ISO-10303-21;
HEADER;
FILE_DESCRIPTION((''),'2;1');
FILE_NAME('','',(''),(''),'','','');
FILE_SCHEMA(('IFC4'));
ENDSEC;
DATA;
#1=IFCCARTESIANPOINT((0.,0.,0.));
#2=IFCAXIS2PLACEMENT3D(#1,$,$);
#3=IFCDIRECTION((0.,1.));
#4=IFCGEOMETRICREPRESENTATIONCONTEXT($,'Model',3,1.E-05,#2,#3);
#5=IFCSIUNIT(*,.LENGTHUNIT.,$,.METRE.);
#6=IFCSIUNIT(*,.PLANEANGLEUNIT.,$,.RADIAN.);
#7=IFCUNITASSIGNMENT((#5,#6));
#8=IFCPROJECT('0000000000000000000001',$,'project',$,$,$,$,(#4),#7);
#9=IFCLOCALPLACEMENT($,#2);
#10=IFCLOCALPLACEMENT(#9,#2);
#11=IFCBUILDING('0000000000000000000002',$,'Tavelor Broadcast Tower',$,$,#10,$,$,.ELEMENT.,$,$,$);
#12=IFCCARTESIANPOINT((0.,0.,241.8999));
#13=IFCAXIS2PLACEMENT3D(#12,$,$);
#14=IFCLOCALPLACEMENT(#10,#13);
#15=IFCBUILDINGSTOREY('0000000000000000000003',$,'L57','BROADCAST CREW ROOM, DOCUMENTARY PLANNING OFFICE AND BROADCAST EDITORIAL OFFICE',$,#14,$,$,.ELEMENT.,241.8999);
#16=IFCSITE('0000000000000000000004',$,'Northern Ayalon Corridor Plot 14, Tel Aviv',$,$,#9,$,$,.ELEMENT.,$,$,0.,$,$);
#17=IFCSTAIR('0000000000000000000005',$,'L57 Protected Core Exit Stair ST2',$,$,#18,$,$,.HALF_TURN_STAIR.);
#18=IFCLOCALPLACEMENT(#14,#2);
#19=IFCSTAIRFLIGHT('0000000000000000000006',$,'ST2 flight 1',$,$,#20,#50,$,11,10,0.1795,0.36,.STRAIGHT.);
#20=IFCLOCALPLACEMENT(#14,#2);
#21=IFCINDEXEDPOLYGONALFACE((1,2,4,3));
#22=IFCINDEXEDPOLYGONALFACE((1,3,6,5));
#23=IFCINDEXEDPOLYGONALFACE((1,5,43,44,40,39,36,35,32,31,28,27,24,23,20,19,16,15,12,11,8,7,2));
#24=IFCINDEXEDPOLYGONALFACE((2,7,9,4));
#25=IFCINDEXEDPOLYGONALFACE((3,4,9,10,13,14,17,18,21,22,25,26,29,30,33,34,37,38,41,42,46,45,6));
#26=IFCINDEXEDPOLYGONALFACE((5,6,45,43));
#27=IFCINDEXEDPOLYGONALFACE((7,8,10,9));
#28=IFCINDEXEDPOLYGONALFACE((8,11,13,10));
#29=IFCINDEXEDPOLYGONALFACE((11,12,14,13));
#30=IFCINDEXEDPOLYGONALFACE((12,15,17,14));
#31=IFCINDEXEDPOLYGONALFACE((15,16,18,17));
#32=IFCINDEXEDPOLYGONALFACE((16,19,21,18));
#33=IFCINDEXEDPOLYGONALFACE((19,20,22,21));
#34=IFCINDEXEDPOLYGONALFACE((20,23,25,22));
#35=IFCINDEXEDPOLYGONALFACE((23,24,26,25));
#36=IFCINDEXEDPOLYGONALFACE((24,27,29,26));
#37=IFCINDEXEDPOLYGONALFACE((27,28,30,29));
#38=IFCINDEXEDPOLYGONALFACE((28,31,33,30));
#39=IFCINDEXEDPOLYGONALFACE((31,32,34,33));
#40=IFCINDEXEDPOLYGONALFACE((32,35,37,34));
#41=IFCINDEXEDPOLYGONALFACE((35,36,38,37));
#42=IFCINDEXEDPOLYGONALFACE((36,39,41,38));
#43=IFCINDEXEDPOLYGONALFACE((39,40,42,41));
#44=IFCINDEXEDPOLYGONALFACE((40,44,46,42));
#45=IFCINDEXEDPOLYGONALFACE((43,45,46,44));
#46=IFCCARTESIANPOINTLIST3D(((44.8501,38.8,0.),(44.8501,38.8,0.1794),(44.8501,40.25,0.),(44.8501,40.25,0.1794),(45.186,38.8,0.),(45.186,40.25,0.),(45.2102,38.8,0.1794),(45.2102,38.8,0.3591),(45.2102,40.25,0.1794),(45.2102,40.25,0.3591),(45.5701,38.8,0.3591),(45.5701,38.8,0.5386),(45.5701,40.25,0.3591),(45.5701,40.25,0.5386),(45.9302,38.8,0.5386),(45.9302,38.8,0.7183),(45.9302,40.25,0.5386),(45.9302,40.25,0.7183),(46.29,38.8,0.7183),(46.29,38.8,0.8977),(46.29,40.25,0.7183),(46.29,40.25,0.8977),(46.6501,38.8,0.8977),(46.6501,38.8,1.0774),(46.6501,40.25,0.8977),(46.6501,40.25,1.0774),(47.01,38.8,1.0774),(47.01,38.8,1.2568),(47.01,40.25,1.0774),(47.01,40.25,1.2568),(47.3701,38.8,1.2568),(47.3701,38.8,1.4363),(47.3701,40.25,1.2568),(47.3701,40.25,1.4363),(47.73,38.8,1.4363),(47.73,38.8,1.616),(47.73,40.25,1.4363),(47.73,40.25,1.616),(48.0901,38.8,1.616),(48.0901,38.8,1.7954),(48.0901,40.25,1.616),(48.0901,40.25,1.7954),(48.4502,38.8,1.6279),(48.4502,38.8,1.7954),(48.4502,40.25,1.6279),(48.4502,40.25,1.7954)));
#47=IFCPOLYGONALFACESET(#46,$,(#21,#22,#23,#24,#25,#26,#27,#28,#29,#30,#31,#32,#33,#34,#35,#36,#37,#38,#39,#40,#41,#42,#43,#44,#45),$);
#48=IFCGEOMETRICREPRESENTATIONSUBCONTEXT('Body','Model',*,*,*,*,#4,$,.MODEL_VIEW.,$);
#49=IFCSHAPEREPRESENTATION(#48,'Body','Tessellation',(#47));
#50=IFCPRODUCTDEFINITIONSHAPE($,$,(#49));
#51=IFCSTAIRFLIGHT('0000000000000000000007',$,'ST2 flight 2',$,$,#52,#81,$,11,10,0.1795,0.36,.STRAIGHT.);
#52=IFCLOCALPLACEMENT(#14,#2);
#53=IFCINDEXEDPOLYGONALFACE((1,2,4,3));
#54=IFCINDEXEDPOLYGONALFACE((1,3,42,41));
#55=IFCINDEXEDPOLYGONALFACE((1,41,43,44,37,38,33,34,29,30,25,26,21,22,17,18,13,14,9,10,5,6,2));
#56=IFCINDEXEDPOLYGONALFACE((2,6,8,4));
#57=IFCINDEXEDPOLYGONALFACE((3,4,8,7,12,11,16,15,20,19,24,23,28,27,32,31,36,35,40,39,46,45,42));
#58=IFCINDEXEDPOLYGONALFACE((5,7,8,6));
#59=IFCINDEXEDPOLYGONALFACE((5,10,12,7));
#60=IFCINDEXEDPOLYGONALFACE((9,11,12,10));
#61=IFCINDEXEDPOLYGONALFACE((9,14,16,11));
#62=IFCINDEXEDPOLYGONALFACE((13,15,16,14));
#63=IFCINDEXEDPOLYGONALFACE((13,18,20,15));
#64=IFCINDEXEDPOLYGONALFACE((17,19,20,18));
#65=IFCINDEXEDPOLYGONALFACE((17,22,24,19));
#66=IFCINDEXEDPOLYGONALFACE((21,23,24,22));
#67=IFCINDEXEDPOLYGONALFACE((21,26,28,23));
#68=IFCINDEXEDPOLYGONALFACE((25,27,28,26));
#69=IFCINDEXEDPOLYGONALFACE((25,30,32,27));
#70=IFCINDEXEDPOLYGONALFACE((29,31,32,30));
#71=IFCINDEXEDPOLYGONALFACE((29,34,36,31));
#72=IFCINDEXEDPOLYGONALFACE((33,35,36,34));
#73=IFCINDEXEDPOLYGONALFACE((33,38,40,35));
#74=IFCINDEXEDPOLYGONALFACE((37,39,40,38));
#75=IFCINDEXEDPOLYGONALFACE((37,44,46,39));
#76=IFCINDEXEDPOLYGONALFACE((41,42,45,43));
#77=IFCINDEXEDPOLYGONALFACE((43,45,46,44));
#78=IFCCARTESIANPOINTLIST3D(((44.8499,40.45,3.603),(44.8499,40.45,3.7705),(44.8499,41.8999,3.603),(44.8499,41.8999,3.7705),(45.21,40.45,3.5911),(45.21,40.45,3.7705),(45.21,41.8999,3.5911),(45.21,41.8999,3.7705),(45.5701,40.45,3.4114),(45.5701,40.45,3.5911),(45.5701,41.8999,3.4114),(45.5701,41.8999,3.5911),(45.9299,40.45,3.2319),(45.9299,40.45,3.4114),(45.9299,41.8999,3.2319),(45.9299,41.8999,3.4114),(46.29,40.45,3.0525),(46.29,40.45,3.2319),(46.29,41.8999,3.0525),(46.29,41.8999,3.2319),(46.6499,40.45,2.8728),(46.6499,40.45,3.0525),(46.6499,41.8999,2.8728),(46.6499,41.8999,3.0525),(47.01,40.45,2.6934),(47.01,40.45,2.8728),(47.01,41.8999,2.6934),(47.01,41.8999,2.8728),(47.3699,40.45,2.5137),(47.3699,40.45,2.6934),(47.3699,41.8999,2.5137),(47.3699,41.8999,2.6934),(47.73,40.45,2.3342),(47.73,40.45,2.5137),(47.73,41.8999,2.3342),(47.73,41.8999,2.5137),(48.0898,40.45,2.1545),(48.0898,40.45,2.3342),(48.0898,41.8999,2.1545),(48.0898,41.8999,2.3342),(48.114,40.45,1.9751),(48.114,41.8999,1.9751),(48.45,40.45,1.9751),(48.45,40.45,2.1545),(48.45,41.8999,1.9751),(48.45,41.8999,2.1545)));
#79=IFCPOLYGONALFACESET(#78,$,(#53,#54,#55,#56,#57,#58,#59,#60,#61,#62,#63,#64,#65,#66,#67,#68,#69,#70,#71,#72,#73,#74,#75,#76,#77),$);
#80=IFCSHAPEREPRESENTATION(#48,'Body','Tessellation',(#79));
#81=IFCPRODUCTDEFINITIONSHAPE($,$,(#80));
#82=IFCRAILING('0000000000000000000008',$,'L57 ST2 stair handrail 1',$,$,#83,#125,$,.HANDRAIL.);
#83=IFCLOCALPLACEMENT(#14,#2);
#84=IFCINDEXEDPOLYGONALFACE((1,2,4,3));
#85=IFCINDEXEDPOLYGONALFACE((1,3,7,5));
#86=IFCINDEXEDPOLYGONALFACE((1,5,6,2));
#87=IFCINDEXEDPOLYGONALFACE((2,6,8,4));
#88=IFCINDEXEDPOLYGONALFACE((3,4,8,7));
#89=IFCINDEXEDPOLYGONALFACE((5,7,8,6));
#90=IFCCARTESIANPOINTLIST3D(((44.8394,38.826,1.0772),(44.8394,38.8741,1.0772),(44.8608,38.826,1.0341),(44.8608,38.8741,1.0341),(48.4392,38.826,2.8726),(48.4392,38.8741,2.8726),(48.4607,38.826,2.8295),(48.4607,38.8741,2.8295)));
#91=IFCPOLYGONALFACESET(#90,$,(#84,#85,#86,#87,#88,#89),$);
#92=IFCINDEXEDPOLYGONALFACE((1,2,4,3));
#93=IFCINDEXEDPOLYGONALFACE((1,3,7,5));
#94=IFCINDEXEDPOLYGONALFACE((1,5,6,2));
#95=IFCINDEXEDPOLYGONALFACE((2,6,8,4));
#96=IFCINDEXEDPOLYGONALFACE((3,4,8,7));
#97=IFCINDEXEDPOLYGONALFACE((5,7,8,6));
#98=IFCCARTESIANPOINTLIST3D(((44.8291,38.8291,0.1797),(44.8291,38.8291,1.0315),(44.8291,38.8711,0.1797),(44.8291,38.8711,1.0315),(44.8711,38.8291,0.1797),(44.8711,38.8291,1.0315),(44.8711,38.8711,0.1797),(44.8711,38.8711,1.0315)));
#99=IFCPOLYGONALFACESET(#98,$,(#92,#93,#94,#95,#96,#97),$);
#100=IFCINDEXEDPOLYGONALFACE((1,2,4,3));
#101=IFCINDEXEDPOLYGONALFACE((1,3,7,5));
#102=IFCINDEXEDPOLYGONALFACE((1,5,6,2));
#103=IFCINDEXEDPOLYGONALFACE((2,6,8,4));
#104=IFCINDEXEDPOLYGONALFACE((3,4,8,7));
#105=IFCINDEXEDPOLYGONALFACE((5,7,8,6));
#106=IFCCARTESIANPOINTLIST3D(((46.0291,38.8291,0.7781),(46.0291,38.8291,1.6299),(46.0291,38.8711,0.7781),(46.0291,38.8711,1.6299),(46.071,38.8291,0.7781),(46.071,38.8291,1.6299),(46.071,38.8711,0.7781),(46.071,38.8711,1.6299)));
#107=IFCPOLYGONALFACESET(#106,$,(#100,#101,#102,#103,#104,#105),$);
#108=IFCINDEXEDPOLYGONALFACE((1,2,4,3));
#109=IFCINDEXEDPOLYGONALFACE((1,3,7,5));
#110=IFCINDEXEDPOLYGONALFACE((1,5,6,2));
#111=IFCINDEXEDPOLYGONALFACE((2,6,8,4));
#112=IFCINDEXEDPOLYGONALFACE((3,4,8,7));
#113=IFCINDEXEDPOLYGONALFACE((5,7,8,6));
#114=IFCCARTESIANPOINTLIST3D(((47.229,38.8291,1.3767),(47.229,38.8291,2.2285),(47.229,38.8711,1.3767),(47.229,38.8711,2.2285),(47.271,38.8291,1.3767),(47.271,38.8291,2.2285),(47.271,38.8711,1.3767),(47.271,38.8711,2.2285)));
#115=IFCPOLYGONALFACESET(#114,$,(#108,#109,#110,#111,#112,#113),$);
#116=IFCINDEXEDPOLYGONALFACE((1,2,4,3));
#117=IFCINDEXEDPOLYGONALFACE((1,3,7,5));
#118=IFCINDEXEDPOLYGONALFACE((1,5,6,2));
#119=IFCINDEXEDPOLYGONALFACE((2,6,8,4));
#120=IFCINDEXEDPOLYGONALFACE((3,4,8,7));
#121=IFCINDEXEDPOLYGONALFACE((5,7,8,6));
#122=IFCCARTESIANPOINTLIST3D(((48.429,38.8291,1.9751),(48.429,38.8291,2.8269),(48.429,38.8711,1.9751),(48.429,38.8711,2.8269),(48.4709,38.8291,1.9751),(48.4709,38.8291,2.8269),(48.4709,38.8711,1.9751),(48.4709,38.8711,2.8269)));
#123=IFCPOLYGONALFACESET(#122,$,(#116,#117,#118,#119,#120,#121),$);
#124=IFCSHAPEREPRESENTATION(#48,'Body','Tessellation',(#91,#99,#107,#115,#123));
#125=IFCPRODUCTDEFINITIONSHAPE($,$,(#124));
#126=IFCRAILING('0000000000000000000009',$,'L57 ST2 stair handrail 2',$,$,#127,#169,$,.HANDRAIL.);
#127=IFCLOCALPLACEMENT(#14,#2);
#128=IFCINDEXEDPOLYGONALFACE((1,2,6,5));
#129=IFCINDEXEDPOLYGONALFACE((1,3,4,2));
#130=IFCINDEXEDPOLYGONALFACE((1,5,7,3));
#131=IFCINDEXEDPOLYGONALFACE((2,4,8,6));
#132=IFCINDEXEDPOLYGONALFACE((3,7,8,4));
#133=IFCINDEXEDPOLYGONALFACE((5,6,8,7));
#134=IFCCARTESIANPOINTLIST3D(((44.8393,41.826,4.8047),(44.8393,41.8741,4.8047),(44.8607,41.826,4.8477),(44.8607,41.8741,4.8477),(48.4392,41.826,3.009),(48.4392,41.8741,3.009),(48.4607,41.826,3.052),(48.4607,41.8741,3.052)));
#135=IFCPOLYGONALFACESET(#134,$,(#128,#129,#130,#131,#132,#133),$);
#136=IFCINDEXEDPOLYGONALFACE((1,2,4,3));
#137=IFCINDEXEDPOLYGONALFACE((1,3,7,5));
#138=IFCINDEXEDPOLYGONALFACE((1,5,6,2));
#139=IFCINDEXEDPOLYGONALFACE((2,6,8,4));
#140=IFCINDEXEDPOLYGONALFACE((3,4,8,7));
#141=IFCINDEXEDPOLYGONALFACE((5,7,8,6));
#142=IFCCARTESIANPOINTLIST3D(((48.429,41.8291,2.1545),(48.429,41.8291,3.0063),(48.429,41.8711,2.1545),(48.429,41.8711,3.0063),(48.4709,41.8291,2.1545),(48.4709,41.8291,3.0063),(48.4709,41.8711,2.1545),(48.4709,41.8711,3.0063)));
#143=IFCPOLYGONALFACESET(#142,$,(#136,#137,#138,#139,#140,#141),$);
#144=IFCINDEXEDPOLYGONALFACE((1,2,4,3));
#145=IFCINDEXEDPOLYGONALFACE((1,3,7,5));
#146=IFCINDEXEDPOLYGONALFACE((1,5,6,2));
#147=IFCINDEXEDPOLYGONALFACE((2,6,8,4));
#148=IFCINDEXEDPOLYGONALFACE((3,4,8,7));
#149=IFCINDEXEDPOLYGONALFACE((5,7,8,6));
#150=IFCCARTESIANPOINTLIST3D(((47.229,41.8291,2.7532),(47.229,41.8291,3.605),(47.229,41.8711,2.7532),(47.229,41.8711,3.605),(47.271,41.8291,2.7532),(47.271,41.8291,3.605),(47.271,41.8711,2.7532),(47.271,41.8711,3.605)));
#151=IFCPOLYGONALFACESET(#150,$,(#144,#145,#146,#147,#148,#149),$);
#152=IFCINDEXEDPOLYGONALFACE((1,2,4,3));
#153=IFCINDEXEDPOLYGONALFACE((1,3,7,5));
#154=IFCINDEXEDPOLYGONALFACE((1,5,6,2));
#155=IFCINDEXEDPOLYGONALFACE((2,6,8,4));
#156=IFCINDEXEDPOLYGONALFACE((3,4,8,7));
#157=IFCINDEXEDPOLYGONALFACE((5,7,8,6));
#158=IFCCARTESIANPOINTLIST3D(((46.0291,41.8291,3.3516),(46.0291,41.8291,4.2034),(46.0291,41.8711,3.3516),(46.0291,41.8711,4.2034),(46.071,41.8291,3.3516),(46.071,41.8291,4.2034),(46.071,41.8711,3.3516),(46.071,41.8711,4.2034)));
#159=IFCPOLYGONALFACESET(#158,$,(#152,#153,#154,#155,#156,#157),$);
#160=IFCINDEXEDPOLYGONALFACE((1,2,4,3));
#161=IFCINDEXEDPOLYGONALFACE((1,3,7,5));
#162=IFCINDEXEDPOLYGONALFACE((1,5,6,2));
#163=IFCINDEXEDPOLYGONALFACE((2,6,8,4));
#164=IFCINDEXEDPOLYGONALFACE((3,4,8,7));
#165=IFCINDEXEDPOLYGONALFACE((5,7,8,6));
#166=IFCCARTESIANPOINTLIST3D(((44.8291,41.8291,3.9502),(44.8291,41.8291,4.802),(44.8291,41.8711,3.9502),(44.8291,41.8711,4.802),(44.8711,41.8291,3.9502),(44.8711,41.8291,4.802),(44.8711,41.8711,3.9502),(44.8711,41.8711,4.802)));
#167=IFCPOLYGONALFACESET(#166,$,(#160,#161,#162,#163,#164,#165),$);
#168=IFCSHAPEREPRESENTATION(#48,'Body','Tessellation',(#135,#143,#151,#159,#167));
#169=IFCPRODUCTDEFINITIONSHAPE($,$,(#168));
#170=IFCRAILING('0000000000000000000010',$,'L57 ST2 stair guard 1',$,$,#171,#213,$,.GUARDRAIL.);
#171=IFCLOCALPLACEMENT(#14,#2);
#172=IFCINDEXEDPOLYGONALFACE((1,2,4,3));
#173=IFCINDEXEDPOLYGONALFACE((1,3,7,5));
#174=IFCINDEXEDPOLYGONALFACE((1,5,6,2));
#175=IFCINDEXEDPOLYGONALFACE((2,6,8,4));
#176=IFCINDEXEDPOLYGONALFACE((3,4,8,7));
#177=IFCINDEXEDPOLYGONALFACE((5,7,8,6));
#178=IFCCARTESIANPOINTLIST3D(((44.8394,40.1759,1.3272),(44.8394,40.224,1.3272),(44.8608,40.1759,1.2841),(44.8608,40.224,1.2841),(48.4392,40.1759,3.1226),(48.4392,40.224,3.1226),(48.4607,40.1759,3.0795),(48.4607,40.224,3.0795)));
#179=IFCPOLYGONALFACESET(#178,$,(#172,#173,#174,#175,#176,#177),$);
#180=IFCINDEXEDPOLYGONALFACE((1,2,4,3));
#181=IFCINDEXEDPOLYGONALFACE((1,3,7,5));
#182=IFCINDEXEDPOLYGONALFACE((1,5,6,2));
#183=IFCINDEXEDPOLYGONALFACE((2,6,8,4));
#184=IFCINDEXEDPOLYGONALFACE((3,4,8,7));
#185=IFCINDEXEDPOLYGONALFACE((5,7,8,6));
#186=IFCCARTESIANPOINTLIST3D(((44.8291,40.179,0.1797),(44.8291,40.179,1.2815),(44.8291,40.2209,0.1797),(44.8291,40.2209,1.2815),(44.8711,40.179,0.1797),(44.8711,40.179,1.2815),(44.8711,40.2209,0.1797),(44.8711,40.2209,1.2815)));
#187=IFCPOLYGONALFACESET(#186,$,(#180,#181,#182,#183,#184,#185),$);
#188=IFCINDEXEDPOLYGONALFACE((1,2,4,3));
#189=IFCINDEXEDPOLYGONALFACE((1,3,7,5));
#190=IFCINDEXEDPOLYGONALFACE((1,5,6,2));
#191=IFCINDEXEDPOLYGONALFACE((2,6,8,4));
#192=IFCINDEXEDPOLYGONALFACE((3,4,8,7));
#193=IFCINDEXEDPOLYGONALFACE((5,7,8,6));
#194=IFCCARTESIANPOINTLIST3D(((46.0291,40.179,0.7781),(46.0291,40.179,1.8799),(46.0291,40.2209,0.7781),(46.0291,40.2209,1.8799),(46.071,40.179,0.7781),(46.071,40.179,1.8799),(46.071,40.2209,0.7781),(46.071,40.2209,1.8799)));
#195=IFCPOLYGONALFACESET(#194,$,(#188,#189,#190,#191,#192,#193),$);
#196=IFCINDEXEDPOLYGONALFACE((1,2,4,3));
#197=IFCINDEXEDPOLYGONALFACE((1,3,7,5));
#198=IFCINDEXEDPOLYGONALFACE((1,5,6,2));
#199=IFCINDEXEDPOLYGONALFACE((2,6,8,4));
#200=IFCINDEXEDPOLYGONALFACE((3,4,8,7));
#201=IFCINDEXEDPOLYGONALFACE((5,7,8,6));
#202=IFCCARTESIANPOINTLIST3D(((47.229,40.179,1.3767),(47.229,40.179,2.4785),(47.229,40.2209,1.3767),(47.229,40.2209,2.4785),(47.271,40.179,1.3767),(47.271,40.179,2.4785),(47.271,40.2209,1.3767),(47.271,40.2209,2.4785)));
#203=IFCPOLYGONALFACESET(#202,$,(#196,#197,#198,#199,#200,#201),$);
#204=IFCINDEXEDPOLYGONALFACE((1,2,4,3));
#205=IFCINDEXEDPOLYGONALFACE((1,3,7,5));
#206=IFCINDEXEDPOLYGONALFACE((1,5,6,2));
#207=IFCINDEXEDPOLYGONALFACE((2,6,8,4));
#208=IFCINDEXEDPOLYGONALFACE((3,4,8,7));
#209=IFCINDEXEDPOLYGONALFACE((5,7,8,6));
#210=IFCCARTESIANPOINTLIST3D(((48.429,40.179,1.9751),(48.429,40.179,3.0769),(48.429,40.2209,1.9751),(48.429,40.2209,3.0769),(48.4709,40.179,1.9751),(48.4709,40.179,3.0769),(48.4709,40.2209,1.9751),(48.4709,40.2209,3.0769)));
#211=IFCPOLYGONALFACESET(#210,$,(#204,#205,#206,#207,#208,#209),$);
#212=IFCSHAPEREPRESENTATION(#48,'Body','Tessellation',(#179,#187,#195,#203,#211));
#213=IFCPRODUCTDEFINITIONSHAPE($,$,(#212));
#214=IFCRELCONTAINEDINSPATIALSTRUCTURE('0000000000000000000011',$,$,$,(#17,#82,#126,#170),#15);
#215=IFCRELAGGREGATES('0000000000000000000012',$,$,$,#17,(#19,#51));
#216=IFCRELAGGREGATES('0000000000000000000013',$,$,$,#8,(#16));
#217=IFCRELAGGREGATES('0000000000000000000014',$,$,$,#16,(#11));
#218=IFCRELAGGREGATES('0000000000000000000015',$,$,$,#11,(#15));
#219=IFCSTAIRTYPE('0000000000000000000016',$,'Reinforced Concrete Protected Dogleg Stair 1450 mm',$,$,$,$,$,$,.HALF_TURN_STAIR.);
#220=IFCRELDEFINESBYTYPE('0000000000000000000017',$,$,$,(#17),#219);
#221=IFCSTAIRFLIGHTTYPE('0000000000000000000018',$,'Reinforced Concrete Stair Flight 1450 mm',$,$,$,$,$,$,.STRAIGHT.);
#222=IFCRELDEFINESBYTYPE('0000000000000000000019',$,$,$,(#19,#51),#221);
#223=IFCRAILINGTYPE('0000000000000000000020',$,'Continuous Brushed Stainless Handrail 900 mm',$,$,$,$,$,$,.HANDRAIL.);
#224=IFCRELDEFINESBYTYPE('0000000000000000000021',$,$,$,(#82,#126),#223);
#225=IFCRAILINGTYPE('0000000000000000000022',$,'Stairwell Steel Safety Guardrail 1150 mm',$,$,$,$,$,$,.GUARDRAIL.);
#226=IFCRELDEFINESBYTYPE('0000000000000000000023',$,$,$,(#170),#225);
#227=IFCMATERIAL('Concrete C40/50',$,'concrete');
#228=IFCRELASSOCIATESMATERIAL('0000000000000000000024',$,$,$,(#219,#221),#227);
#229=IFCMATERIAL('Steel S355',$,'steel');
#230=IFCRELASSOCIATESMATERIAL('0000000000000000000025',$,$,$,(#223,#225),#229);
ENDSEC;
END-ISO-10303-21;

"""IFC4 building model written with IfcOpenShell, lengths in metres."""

from ifc_helpers import new_model, si_unit, direction, frame, origin, origin_2d, place, context, subcontext, project, spatial, polyline, rectangle, outline, extrude, material, type_object, element, aggregate, save


model = new_model("IFC4")

# Units and contexts
model_context = context("Model", 3, precision=1e-05, world=origin(), true_north=direction((0.0, 1.0)))
body_context = subcontext(model_context, "Body", "Model", "MODEL_VIEW")
ifc_project = project(units=[si_unit("LENGTHUNIT", "METRE"), si_unit("PLANEANGLEUNIT", "RADIAN")], contexts=[model_context])

# Site, building, storey
site_placement = place(None, origin())
site = spatial("IfcSite", under=ifc_project, at=site_placement, Name="Northern Ayalon Corridor Plot 14, Tel Aviv", CompositionType="ELEMENT", RefElevation=0.0)
building_placement = place(site_placement, origin())
building = spatial("IfcBuilding", under=site, at=building_placement, Name="Tavelor Broadcast Tower", CompositionType="ELEMENT")
storey_placement = place(building_placement, frame((0.0, 0.0, 241.8999)))
storey = spatial("IfcBuildingStorey", under=building, at=storey_placement, Name="L57", Description="BROADCAST CREW ROOM, DOCUMENTARY PLANNING OFFICE AND BROADCAST EDITORIAL OFFICE", CompositionType="ELEMENT", Elevation=241.8999)

# Shared definitions
ifc_material_1 = material(Name="Concrete C40/50", Category="concrete")
ifc_material_2 = material(Name="Steel S355", Category="steel")

# Stair, stair flights
stair_type = type_object("IfcStairType", Name="Reinforced Concrete Protected Dogleg Stair 1450 mm", PredefinedType="HALF_TURN_STAIR", material=ifc_material_1)
stair_placement = place(storey_placement, origin())
stair = element("IfcStair", 1, at=stair_placement, inside=storey, type_object=stair_type, Name="L57 Protected Core Exit Stair ST2", PredefinedType="HALF_TURN_STAIR")
stair_flight_type = type_object("IfcStairFlightType", Name="Reinforced Concrete Stair Flight 1450 mm", PredefinedType="STRAIGHT", material=ifc_material_1)
stair_flight_1_placement = place(storey_placement, frame((44.8501, 39.5249, 0.0), z_axis=(0.0, 0.0, 1.0), x_axis=(1.0, 0.0, 0.0)))
stair_flight_1 = element("IfcStairFlight", 2, at=stair_flight_1_placement, type_object=stair_flight_type, Name="ST2 flight 1", NumberOfRisers=11, NumberOfTreads=10, PredefinedType="STRAIGHT", RiserHeight=0.1795, TreadLength=0.36, context=body_context, shape_type="SweptSolid", body=[
    extrude(outline(polyline([(0.0, 0.0), (0.0, 0.1794), (0.3601, 0.1794), (0.3601, 0.3591), (0.72, 0.3591), (0.72, 0.5386), (1.0801, 0.5386), (1.0801, 0.7183), (1.4399, 0.7183), (1.4399, 0.8977), (1.8, 0.8977), (1.8, 1.0774), (2.1599, 1.0774), (2.1599, 1.2568), (2.52, 1.2568), (2.52, 1.4363), (2.8799, 1.4363), (2.8799, 1.616), (3.24, 1.616), (3.24, 1.7954), (3.6001, 1.7954), (3.6001, 1.9751), (3.6001, 1.6279), (0.3359, 0.0), (0.0, 0.0)])), frame((0.0, 0.7251, 0.0), z_axis=(0.0, -1.0, 0.0), x_axis=(1.0, 0.0, 0.0)), (0.0, 0.0, 1.0), 1.45),
])
stair_flight_2_placement = place(storey_placement, frame((48.45, 41.175, 1.9751), z_axis=(0.0, 0.0, 1.0), x_axis=(-1.0, 0.0, 0.0)))
stair_flight_2 = element("IfcStairFlight", 3, at=stair_flight_2_placement, type_object=stair_flight_type, Name="ST2 flight 2", NumberOfRisers=11, NumberOfTreads=10, PredefinedType="STRAIGHT", RiserHeight=0.1795, TreadLength=0.36, context=body_context, shape_type="SweptSolid", body=[
    extrude(outline(polyline([(0.0, 0.0), (0.0, 0.1794), (0.3601, 0.1794), (0.3601, 0.3591), (0.72, 0.3591), (0.72, 0.5386), (1.0801, 0.5386), (1.0801, 0.7183), (1.4399, 0.7183), (1.4399, 0.8977), (1.8, 0.8977), (1.8, 1.0774), (2.1599, 1.0774), (2.1599, 1.2568), (2.52, 1.2568), (2.52, 1.4363), (2.8799, 1.4363), (2.8799, 1.616), (3.24, 1.616), (3.24, 1.7954), (3.6001, 1.7954), (3.6001, 1.9751), (3.6001, 1.6279), (0.3359, 0.0), (0.0, 0.0)])), frame((0.0, 0.7251, 0.0), z_axis=(0.0, -1.0, 0.0), x_axis=(1.0, 0.0, 0.0)), (0.0, 0.0, 1.0), 1.45),
])
aggregate(stair, [stair_flight_1, stair_flight_2])

# Railings
railing_type_1 = type_object("IfcRailingType", Name="Continuous Brushed Stainless Handrail 900 mm", PredefinedType="HANDRAIL", material=ifc_material_2)
railing_1_placement = place(storey_placement, frame((44.8501, 38.8501, 0.1797)))
element("IfcRailing", 4, at=railing_1_placement, inside=storey, type_object=railing_type_1, Name="L57 ST2 stair handrail 1", PredefinedType="HANDRAIL", context=body_context, shape_type="SweptSolid", body=[
    extrude(rectangle(XDim=0.0481, YDim=0.0481, at=origin_2d()), frame((0.0, 0.0, 0.876), z_axis=(0.894876, 0.0, 0.446315), x_axis=(0.0, 1.0, 0.0)), (0.0, 0.0, 1.0), 4.0227),
    extrude(rectangle(XDim=0.042, YDim=0.042, at=origin_2d()), origin(), (0.0, 0.0, 1.0), 0.8518),
    extrude(rectangle(XDim=0.042, YDim=0.042, at=origin_2d()), frame((1.2, 0.0, 0.5984)), (0.0, 0.0, 1.0), 0.8518),
    extrude(rectangle(XDim=0.042, YDim=0.042, at=origin_2d()), frame((2.3999, 0.0, 1.197)), (0.0, 0.0, 1.0), 0.8518),
    extrude(rectangle(XDim=0.042, YDim=0.042, at=origin_2d()), frame((3.5999, 0.0, 1.7954)), (0.0, 0.0, 1.0), 0.8518),
])
railing_2_placement = place(storey_placement, frame((48.45, 41.8501, 2.1545)))
element("IfcRailing", 5, at=railing_2_placement, inside=storey, type_object=railing_type_1, Name="L57 ST2 stair handrail 2", PredefinedType="HANDRAIL", context=body_context, shape_type="SweptSolid", body=[
    extrude(rectangle(XDim=0.0481, YDim=0.0481, at=origin_2d()), frame((0.0, 0.0, 0.876), z_axis=(-0.894852, 0.0, 0.446364), x_axis=(0.0, -1.0, 0.0)), (0.0, 0.0, 1.0), 4.0229),
    extrude(rectangle(XDim=0.042, YDim=0.042, at=origin_2d()), origin(), (0.0, 0.0, 1.0), 0.8518),
    extrude(rectangle(XDim=0.042, YDim=0.042, at=origin_2d()), frame((-1.2, 0.0, 0.5986)), (0.0, 0.0, 1.0), 0.8518),
    extrude(rectangle(XDim=0.042, YDim=0.042, at=origin_2d()), frame((-2.3999, 0.0, 1.197)), (0.0, 0.0, 1.0), 0.8518),
    extrude(rectangle(XDim=0.042, YDim=0.042, at=origin_2d()), frame((-3.5999, 0.0, 1.7957)), (0.0, 0.0, 1.0), 0.8518),
])
railing_type_2 = type_object("IfcRailingType", Name="Stairwell Steel Safety Guardrail 1150 mm", PredefinedType="GUARDRAIL", material=ifc_material_2)
railing_3_placement = place(storey_placement, frame((44.8501, 40.2, 0.1797)))
element("IfcRailing", 6, at=railing_3_placement, inside=storey, type_object=railing_type_2, Name="L57 ST2 stair guard 1", PredefinedType="GUARDRAIL", context=body_context, shape_type="SweptSolid", body=[
    extrude(rectangle(XDim=0.0481, YDim=0.0481, at=origin_2d()), frame((0.0, 0.0, 1.126), z_axis=(0.894876, 0.0, 0.446315), x_axis=(0.0, 1.0, 0.0)), (0.0, 0.0, 1.0), 4.0227),
    extrude(rectangle(XDim=0.042, YDim=0.042, at=origin_2d()), origin(), (0.0, 0.0, 1.0), 1.1018),
    extrude(rectangle(XDim=0.042, YDim=0.042, at=origin_2d()), frame((1.2, 0.0, 0.5984)), (0.0, 0.0, 1.0), 1.1018),
    extrude(rectangle(XDim=0.042, YDim=0.042, at=origin_2d()), frame((2.3999, 0.0, 1.197)), (0.0, 0.0, 1.0), 1.1018),
    extrude(rectangle(XDim=0.042, YDim=0.042, at=origin_2d()), frame((3.5999, 0.0, 1.7954)), (0.0, 0.0, 1.0), 1.1018),
])

save(model, "model.ifc")
